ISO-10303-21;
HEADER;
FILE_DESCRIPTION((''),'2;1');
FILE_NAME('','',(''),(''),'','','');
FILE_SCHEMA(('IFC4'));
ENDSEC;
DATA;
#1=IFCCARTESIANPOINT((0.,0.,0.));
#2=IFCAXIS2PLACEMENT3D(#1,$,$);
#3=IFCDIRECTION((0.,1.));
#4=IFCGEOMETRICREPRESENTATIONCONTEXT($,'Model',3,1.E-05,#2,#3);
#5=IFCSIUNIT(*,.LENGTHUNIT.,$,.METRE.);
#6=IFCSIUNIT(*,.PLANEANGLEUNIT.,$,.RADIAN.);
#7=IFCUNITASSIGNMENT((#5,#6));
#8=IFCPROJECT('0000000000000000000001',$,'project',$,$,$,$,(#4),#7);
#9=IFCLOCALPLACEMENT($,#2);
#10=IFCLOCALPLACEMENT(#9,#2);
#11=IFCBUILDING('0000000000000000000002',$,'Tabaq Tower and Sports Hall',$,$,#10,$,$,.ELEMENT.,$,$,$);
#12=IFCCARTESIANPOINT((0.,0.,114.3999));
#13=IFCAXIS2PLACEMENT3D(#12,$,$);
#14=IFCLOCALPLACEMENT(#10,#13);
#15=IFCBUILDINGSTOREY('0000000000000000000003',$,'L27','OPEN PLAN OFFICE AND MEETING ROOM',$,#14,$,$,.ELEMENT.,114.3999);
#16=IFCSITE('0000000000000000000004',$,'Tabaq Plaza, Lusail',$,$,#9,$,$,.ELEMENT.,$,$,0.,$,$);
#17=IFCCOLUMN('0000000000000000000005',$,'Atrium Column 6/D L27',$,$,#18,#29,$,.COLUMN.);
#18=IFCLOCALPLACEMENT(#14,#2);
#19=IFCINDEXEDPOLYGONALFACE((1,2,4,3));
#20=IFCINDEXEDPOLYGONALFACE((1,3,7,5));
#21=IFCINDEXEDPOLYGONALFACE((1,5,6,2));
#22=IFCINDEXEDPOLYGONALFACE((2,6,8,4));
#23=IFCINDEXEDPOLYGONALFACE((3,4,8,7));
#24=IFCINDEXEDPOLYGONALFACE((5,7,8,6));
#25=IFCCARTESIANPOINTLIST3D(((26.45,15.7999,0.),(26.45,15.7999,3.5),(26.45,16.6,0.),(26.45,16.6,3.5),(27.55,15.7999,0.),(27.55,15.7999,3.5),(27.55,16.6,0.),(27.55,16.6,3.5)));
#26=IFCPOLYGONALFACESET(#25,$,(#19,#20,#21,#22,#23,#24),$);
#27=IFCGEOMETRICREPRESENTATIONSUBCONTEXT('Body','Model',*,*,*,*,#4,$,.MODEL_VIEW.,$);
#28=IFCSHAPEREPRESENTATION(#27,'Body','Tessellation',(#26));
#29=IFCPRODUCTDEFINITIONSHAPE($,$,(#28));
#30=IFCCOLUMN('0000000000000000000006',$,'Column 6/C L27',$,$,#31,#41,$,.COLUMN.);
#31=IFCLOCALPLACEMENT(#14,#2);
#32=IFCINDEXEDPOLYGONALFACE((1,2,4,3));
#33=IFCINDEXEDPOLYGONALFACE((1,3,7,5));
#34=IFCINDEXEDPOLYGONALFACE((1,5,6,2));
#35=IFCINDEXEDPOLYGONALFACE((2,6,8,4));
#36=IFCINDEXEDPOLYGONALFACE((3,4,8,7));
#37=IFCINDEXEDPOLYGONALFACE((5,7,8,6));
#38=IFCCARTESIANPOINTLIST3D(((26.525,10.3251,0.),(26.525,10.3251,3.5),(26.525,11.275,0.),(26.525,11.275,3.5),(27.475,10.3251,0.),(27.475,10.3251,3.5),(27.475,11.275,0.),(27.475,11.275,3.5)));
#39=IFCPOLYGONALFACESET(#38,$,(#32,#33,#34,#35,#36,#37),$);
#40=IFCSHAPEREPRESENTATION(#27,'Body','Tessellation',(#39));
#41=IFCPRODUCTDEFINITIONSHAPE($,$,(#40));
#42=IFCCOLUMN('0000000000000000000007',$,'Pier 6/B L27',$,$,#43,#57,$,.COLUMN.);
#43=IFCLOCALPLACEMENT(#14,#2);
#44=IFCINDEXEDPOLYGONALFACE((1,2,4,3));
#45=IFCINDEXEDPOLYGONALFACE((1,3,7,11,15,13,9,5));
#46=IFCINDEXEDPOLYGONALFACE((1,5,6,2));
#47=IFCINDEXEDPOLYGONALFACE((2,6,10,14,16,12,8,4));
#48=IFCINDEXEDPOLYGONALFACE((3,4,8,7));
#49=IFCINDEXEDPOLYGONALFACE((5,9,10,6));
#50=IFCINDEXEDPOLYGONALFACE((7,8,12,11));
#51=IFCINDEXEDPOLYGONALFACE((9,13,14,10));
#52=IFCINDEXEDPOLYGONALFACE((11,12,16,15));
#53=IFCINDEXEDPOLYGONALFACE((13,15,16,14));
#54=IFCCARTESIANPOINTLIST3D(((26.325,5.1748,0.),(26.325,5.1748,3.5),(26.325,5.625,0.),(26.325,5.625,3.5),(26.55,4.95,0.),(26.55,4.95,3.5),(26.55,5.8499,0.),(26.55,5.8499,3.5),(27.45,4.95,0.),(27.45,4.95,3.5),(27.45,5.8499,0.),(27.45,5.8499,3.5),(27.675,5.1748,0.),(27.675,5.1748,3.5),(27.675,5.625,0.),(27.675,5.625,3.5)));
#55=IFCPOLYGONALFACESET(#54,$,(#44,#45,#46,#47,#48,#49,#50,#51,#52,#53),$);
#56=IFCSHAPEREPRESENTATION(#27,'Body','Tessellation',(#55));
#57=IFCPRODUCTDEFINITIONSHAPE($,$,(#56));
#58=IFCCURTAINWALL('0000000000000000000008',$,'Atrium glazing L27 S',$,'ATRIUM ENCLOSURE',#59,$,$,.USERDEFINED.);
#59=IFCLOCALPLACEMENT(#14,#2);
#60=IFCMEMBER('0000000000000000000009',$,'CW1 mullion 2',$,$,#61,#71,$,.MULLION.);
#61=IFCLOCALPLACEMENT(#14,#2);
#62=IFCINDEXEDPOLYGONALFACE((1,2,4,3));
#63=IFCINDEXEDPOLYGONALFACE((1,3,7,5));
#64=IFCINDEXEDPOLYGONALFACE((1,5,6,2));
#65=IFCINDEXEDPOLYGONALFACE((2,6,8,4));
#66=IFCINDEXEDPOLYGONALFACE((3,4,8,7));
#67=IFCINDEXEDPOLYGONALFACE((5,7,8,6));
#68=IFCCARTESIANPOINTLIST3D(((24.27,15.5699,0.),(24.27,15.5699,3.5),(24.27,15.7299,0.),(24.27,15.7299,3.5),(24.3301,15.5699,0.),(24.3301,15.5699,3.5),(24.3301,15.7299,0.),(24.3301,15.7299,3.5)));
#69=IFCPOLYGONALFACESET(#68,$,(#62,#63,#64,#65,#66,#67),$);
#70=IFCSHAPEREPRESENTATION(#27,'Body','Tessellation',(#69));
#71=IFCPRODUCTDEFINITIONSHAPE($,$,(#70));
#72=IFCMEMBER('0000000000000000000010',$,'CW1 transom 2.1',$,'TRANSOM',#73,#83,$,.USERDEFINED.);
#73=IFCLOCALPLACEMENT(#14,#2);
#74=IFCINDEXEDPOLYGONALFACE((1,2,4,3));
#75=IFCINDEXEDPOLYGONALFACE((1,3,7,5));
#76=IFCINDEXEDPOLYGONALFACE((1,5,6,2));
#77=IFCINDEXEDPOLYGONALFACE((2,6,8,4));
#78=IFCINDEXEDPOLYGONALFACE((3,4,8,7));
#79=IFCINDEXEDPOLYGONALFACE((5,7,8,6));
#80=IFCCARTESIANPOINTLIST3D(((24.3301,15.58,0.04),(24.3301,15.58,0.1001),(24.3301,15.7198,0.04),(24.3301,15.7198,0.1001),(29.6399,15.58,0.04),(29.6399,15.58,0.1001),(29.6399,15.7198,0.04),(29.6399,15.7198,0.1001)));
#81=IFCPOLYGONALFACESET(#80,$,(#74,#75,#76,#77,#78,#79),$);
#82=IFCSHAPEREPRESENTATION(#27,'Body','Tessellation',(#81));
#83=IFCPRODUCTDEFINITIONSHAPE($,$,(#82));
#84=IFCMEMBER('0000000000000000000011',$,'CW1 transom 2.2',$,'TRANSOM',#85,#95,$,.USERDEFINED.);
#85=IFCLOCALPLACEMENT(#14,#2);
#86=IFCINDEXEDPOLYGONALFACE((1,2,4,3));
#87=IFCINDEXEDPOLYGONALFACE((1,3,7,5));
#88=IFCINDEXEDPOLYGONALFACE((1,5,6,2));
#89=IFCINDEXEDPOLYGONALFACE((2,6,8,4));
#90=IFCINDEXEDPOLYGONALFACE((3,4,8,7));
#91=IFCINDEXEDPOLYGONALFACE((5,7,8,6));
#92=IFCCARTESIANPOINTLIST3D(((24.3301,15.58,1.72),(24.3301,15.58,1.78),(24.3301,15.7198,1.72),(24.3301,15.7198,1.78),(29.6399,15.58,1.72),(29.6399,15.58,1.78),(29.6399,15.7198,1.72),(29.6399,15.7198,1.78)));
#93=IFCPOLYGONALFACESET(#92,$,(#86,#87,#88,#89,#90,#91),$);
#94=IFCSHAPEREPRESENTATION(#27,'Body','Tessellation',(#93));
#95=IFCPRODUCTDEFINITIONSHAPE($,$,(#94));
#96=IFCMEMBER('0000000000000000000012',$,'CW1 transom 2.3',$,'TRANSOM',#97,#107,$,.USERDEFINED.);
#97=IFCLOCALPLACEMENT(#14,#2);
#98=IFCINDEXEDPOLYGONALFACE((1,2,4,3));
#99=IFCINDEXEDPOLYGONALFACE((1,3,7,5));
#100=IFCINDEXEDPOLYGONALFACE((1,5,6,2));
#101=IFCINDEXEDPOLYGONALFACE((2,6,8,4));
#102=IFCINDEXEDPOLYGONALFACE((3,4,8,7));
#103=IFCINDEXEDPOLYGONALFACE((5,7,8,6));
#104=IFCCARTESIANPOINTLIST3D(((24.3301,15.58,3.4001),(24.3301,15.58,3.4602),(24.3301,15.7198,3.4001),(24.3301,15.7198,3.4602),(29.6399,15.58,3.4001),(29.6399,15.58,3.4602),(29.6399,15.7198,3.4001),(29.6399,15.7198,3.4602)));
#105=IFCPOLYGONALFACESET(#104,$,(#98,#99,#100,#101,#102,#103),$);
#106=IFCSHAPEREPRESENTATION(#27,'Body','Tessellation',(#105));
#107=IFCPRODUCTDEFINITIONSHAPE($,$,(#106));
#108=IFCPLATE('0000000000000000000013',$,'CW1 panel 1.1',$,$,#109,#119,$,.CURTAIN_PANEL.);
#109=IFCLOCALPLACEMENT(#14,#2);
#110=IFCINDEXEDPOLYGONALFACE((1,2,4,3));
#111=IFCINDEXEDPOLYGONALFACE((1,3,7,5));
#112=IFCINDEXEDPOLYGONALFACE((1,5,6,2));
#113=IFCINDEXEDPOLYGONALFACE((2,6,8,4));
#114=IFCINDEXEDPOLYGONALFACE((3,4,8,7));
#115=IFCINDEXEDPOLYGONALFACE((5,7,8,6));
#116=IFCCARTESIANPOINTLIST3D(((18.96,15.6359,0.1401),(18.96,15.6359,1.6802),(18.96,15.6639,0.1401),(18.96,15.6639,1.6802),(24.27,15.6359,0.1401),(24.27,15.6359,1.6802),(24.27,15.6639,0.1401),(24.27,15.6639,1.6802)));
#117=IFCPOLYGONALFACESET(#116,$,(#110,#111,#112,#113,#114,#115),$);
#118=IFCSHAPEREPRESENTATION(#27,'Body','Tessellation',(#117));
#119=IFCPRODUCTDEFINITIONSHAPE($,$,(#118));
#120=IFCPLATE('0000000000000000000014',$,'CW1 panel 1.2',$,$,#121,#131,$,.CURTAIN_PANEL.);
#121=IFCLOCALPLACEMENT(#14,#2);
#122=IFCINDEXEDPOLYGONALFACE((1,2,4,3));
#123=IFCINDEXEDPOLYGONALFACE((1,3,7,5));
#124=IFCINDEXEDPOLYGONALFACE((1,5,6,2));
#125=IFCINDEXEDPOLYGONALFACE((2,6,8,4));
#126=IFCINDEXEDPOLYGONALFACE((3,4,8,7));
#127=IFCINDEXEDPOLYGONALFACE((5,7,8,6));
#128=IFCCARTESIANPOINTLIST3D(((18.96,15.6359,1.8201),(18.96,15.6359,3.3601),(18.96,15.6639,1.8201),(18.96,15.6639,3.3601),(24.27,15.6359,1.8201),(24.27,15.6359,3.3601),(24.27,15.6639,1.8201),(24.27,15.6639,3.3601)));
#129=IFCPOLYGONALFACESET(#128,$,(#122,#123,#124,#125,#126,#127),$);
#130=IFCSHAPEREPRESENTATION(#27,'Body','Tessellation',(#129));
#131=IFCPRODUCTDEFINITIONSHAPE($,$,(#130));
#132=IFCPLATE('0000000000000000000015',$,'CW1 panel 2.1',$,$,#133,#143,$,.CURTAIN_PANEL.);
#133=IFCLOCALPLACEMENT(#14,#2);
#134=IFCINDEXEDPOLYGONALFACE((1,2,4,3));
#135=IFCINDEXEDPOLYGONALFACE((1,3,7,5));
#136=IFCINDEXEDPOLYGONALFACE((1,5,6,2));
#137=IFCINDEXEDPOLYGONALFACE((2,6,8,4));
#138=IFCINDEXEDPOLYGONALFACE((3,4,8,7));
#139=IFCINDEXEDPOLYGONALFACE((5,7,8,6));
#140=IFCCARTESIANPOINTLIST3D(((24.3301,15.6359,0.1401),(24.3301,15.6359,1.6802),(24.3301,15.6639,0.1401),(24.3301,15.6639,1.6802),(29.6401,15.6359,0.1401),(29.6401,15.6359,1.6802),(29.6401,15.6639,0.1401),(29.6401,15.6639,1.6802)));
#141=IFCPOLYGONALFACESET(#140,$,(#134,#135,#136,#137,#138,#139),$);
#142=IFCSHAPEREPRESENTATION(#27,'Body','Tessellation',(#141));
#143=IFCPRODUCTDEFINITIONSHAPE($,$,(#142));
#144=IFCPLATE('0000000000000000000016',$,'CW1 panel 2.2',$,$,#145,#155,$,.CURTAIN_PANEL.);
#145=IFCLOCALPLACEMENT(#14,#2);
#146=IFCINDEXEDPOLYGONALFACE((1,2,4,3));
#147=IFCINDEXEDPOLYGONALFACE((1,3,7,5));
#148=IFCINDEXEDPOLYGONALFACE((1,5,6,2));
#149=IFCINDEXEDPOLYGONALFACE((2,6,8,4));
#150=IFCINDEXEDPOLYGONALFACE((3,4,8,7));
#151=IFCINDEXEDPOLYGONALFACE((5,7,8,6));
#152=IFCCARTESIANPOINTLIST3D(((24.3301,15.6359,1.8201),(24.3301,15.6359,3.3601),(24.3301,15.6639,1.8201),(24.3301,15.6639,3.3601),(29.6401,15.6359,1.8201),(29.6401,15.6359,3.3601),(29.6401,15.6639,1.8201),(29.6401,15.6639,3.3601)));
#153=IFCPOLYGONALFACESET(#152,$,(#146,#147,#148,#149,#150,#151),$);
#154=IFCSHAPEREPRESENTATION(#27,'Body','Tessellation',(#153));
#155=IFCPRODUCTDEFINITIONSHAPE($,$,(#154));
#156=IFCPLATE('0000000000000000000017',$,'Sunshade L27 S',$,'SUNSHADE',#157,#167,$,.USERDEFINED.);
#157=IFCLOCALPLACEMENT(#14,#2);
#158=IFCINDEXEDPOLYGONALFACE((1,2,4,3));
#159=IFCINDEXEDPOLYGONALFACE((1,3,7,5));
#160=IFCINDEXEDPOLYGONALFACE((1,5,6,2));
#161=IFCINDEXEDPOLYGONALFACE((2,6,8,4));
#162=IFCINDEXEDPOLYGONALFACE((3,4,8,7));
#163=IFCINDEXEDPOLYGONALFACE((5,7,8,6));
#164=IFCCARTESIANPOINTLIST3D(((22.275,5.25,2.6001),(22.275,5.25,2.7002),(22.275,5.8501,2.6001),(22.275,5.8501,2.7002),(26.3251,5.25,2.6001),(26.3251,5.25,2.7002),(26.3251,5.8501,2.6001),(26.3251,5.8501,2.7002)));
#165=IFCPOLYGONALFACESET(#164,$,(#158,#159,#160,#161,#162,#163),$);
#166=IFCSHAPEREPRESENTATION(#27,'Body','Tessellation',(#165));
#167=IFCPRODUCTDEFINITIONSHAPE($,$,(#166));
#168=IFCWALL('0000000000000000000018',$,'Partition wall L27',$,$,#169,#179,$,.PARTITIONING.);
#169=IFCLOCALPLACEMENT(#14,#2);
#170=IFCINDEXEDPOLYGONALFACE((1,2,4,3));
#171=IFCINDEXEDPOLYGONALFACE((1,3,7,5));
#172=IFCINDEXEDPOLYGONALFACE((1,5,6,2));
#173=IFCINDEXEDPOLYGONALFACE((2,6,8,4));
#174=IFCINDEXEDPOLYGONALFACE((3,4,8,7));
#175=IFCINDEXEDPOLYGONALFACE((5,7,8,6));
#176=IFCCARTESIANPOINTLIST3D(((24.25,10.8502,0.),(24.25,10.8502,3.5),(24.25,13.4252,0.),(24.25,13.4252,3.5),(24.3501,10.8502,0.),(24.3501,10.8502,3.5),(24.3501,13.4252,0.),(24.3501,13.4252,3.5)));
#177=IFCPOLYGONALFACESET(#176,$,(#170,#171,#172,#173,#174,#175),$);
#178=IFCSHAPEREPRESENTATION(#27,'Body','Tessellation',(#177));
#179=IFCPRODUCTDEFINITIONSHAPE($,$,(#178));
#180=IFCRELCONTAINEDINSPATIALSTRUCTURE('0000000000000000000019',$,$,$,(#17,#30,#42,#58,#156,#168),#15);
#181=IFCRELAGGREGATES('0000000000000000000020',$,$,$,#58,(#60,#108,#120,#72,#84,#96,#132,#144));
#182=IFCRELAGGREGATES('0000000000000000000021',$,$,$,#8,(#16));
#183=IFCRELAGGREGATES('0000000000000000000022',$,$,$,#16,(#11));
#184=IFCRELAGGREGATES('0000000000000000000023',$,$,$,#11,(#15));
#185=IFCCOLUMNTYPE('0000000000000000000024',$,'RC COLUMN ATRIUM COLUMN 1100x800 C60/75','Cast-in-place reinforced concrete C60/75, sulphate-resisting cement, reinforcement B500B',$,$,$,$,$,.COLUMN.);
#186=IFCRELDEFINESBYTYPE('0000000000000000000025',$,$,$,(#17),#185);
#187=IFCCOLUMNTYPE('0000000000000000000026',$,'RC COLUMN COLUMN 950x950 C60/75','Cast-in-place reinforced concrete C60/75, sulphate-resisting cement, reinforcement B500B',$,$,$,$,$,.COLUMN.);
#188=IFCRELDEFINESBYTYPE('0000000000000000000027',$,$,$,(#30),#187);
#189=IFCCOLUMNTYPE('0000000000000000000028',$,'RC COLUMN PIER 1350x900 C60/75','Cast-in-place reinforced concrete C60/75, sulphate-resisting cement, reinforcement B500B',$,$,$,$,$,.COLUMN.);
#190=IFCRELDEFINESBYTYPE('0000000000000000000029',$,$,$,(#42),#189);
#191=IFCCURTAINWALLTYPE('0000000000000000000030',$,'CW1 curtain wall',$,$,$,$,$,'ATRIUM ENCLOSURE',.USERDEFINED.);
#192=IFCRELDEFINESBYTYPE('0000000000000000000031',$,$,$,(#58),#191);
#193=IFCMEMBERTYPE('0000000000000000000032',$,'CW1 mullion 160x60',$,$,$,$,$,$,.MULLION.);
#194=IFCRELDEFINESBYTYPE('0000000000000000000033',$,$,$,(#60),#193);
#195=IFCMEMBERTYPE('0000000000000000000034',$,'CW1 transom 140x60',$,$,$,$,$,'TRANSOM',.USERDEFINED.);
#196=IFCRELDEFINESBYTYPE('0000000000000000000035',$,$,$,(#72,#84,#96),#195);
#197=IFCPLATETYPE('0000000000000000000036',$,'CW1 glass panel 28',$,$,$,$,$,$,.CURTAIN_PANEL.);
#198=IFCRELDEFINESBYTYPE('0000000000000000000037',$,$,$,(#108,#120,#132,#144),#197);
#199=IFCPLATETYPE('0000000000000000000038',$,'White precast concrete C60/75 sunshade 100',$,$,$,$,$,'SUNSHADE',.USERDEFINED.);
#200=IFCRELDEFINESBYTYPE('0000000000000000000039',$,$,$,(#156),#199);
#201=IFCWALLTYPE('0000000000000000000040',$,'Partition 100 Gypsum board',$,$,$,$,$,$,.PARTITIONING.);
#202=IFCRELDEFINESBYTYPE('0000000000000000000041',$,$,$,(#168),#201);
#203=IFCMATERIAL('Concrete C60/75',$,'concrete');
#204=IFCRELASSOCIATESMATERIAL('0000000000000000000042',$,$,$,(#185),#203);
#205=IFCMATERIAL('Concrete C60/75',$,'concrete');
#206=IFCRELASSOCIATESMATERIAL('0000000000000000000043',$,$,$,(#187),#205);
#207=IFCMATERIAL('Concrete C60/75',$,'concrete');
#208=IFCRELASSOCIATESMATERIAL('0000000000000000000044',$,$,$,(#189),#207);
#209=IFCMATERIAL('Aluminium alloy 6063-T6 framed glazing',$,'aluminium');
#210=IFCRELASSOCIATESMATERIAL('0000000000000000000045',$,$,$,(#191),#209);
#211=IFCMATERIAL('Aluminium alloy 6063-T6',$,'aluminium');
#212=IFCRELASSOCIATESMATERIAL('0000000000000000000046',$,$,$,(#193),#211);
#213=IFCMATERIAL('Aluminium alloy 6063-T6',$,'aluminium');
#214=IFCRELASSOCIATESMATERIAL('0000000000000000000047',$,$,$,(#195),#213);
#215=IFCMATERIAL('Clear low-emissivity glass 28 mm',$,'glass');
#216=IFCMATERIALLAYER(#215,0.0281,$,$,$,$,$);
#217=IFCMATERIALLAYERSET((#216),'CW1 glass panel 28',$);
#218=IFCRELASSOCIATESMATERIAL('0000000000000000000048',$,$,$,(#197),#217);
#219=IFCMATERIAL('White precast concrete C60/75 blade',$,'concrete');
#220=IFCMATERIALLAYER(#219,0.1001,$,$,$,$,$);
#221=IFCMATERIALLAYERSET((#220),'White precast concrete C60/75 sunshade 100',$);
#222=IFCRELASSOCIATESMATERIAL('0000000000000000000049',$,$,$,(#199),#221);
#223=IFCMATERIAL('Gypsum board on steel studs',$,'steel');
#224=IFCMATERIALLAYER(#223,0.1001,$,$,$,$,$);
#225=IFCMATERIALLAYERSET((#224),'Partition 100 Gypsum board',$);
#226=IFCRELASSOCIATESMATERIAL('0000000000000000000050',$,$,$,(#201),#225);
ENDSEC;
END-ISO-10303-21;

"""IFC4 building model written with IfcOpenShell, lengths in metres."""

from ifc_helpers import new_model, si_unit, direction, frame, frame_2d, origin, origin_2d, place, context, subcontext, project, spatial, polyline, rectangle, outline, extrude, material, layer, layer_set, material_profile, profile_set, type_object, element, aggregate, save


model = new_model("IFC4")

# Units and contexts
model_context = context("Model", 3, precision=1e-05, world=origin(), true_north=direction((0.0, 1.0)))
body_context = subcontext(model_context, "Body", "Model", "MODEL_VIEW")
ifc_project = project(units=[si_unit("LENGTHUNIT", "METRE"), si_unit("PLANEANGLEUNIT", "RADIAN")], contexts=[model_context])

# Site, building, storey
site_placement = place(None, origin())
site = spatial("IfcSite", under=ifc_project, at=site_placement, Name="Tabaq Plaza, Lusail", CompositionType="ELEMENT", RefElevation=0.0)
building_placement = place(site_placement, origin())
building = spatial("IfcBuilding", under=site, at=building_placement, Name="Tabaq Tower and Sports Hall", CompositionType="ELEMENT")
storey_placement = place(building_placement, frame((0.0, 0.0, 114.3999)))
storey = spatial("IfcBuildingStorey", under=building, at=storey_placement, Name="L27", Description="OPEN PLAN OFFICE AND MEETING ROOM", CompositionType="ELEMENT", Elevation=114.3999)

# Columns
ifc_material_1 = material(Name="Concrete C60/75", Category="concrete")
ifc_material_profile_1 = material_profile(ifc_material_1, rectangle(XDim=1.1001, YDim=0.8, at=origin_2d()), Name="ATRIUM COLUMN 1100x800")
ifc_profile_set_1 = profile_set([ifc_material_profile_1], Name="Concrete C60/75")
column_type_1 = type_object("IfcColumnType", Name="RC COLUMN ATRIUM COLUMN 1100x800 C60/75", Description="Cast-in-place reinforced concrete C60/75, sulphate-resisting cement, reinforcement B500B", PredefinedType="COLUMN", material=ifc_profile_set_1)
column_1_placement = place(storey_placement, frame((27.0, 16.2, 0.0), z_axis=(0.0, 0.0, 1.0), x_axis=(1.0, 0.0, 0.0)))
element("IfcColumn", 1, at=column_1_placement, inside=storey, type_object=column_type_1, Name="Atrium Column 6/D L27", PredefinedType="COLUMN", context=body_context, shape_type="SweptSolid", body=[
    extrude(rectangle(XDim=1.1001, YDim=0.8, at=origin_2d()), origin(), (0.0, 0.0, 1.0), 3.5),
])
ifc_material_2 = material(Name="Concrete C60/75", Category="concrete")
ifc_material_profile_2 = material_profile(ifc_material_2, rectangle(XDim=0.95, YDim=0.95, at=origin_2d()), Name="COLUMN 950x950")
ifc_profile_set_2 = profile_set([ifc_material_profile_2], Name="Concrete C60/75")
column_type_2 = type_object("IfcColumnType", Name="RC COLUMN COLUMN 950x950 C60/75", Description="Cast-in-place reinforced concrete C60/75, sulphate-resisting cement, reinforcement B500B", PredefinedType="COLUMN", material=ifc_profile_set_2)
column_2_placement = place(storey_placement, frame((27.0, 10.8, 0.0), z_axis=(0.0, 0.0, 1.0), x_axis=(1.0, 0.0, 0.0)))
element("IfcColumn", 2, at=column_2_placement, inside=storey, type_object=column_type_2, Name="Column 6/C L27", PredefinedType="COLUMN", context=body_context, shape_type="SweptSolid", body=[
    extrude(rectangle(XDim=0.95, YDim=0.95, at=origin_2d()), origin(), (0.0, 0.0, 1.0), 3.5),
])
ifc_material_3 = material(Name="Concrete C60/75", Category="concrete")
ifc_material_profile_3 = material_profile(ifc_material_3, outline(polyline([(-0.45, -0.45), (0.45, -0.45), (0.675, -0.2251), (0.675, 0.2251), (0.45, 0.45), (-0.45, 0.45), (-0.675, 0.2251), (-0.675, -0.2251), (-0.45, -0.45)])), Name="PIER 1350x900")
ifc_profile_set_3 = profile_set([ifc_material_profile_3], Name="Concrete C60/75")
column_type_3 = type_object("IfcColumnType", Name="RC COLUMN PIER 1350x900 C60/75", Description="Cast-in-place reinforced concrete C60/75, sulphate-resisting cement, reinforcement B500B", PredefinedType="COLUMN", material=ifc_profile_set_3)
column_3_placement = place(storey_placement, frame((27.0, 5.3999, 0.0), z_axis=(0.0, 0.0, 1.0), x_axis=(1.0, 0.0, 0.0)))
element("IfcColumn", 3, at=column_3_placement, inside=storey, type_object=column_type_3, Name="Pier 6/B L27", PredefinedType="COLUMN", context=body_context, shape_type="SweptSolid", body=[
    extrude(outline(polyline([(-0.45, -0.45), (0.45, -0.45), (0.675, -0.2251), (0.675, 0.2251), (0.45, 0.45), (-0.45, 0.45), (-0.675, 0.2251), (-0.675, -0.2251), (-0.45, -0.45)])), origin(), (0.0, 0.0, 1.0), 3.5),
])

# Curtain wall, members, plates
ifc_material_4 = material(Name="Aluminium alloy 6063-T6 framed glazing", Category="aluminium")
curtain_wall_type = type_object("IfcCurtainWallType", Name="CW1 curtain wall", ElementType="ATRIUM ENCLOSURE", PredefinedType="USERDEFINED", material=ifc_material_4)
curtain_wall_placement = place(storey_placement, origin())
curtain_wall = element("IfcCurtainWall", 4, at=curtain_wall_placement, inside=storey, type_object=curtain_wall_type, Name="Atrium glazing L27 S", ObjectType="ATRIUM ENCLOSURE", PredefinedType="USERDEFINED")
ifc_material_5 = material(Name="Aluminium alloy 6063-T6", Category="aluminium")
ifc_material_profile_4 = material_profile(ifc_material_5, rectangle(XDim=0.1599, YDim=0.0601, at=origin_2d()), Name="MULLION 160x60")
ifc_profile_set_4 = profile_set([ifc_material_profile_4], Name="Aluminium alloy 6063-T6")
member_type_1 = type_object("IfcMemberType", Name="CW1 mullion 160x60", PredefinedType="MULLION", material=ifc_profile_set_4)
member_1_placement = place(storey_placement, frame((24.3, 15.6499, 0.0), z_axis=(0.0, 0.0, 1.0), x_axis=(0.0, 1.0, 0.0)))
member_1 = element("IfcMember", 5, at=member_1_placement, type_object=member_type_1, Name="CW1 mullion 2", PredefinedType="MULLION", context=body_context, shape_type="SweptSolid", body=[
    extrude(rectangle(XDim=0.1599, YDim=0.0601, at=origin_2d()), origin(), (0.0, 0.0, 1.0), 3.5),
])
ifc_material_6 = material(Name="Aluminium alloy 6063-T6", Category="aluminium")
ifc_material_profile_5 = material_profile(ifc_material_6, rectangle(XDim=0.1399, YDim=0.0601, at=origin_2d()), Name="TRANSOM 140x60")
ifc_profile_set_5 = profile_set([ifc_material_profile_5], Name="Aluminium alloy 6063-T6")
member_type_2 = type_object("IfcMemberType", Name="CW1 transom 140x60", ElementType="TRANSOM", PredefinedType="USERDEFINED", material=ifc_profile_set_5)
member_2_placement = place(storey_placement, frame((24.3301, 15.6499, 0.0701), z_axis=(1.0, 0.0, 0.0), x_axis=(0.0, 1.0, 0.0)))
member_2 = element("IfcMember", 6, at=member_2_placement, type_object=member_type_2, Name="CW1 transom 2.1", ObjectType="TRANSOM", PredefinedType="USERDEFINED", context=body_context, shape_type="SweptSolid", body=[
    extrude(rectangle(XDim=0.1399, YDim=0.0601, at=origin_2d()), origin(), (0.0, 0.0, 1.0), 5.3098),
])
member_3_placement = place(storey_placement, frame((24.3301, 15.6499, 1.75), z_axis=(1.0, 0.0, 0.0), x_axis=(0.0, 1.0, 0.0)))
member_3 = element("IfcMember", 7, at=member_3_placement, type_object=member_type_2, Name="CW1 transom 2.2", ObjectType="TRANSOM", PredefinedType="USERDEFINED", context=body_context, shape_type="SweptSolid", body=[
    extrude(rectangle(XDim=0.1399, YDim=0.0601, at=origin_2d()), origin(), (0.0, 0.0, 1.0), 5.3098),
])
member_4_placement = place(storey_placement, frame((24.3301, 15.6499, 3.4302), z_axis=(1.0, 0.0, 0.0), x_axis=(0.0, 1.0, 0.0)))
member_4 = element("IfcMember", 8, at=member_4_placement, type_object=member_type_2, Name="CW1 transom 2.3", ObjectType="TRANSOM", PredefinedType="USERDEFINED", context=body_context, shape_type="SweptSolid", body=[
    extrude(rectangle(XDim=0.1399, YDim=0.0601, at=origin_2d()), origin(), (0.0, 0.0, 1.0), 5.3098),
])
ifc_material_7 = material(Name="Clear low-emissivity glass 28 mm", Category="glass")
ifc_layer_1 = layer(ifc_material_7, 0.0281)
ifc_layer_set_1 = layer_set([ifc_layer_1], Name="CW1 glass panel 28")
plate_type_1 = type_object("IfcPlateType", Name="CW1 glass panel 28", PredefinedType="CURTAIN_PANEL", material=ifc_layer_set_1)
plate_1_placement = place(storey_placement, frame((21.615, 15.6499, 0.1401), z_axis=(0.0, 0.0, 1.0), x_axis=(1.0, 0.0, 0.0)))
plate_1 = element("IfcPlate", 9, at=plate_1_placement, type_object=plate_type_1, Name="CW1 panel 1.1", PredefinedType="CURTAIN_PANEL", context=body_context, shape_type="SweptSolid", body=[
    extrude(rectangle(XDim=5.3101, YDim=0.0281, at=origin_2d()), origin(), (0.0, 0.0, 1.0), 1.54),
])
plate_2_placement = place(storey_placement, frame((21.615, 15.6499, 1.8201), z_axis=(0.0, 0.0, 1.0), x_axis=(1.0, 0.0, 0.0)))
plate_2 = element("IfcPlate", 10, at=plate_2_placement, type_object=plate_type_1, Name="CW1 panel 1.2", PredefinedType="CURTAIN_PANEL", context=body_context, shape_type="SweptSolid", body=[
    extrude(rectangle(XDim=5.3101, YDim=0.0281, at=origin_2d()), origin(), (0.0, 0.0, 1.0), 1.54),
])
plate_3_placement = place(storey_placement, frame((26.9851, 15.6499, 0.1401), z_axis=(0.0, 0.0, 1.0), x_axis=(1.0, 0.0, 0.0)))
plate_3 = element("IfcPlate", 11, at=plate_3_placement, type_object=plate_type_1, Name="CW1 panel 2.1", PredefinedType="CURTAIN_PANEL", context=body_context, shape_type="SweptSolid", body=[
    extrude(rectangle(XDim=5.3101, YDim=0.0281, at=origin_2d()), origin(), (0.0, 0.0, 1.0), 1.54),
])
plate_4_placement = place(storey_placement, frame((26.9851, 15.6499, 1.8201), z_axis=(0.0, 0.0, 1.0), x_axis=(1.0, 0.0, 0.0)))
plate_4 = element("IfcPlate", 12, at=plate_4_placement, type_object=plate_type_1, Name="CW1 panel 2.2", PredefinedType="CURTAIN_PANEL", context=body_context, shape_type="SweptSolid", body=[
    extrude(rectangle(XDim=5.3101, YDim=0.0281, at=origin_2d()), origin(), (0.0, 0.0, 1.0), 1.54),
])
aggregate(curtain_wall, [member_1, plate_1, plate_2, member_2, member_3, member_4, plate_3, plate_4])

# Plate
ifc_material_8 = material(Name="White precast concrete C60/75 blade", Category="concrete")
ifc_layer_2 = layer(ifc_material_8, 0.1001)
ifc_layer_set_2 = layer_set([ifc_layer_2], Name="White precast concrete C60/75 sunshade 100")
plate_type_2 = type_object("IfcPlateType", Name="White precast concrete C60/75 sunshade 100", ElementType="SUNSHADE", PredefinedType="USERDEFINED", material=ifc_layer_set_2)
plate_5_placement = place(storey_placement, frame((24.3, 5.55, 2.6001), z_axis=(0.0, 0.0, 1.0), x_axis=(1.0, 0.0, 0.0)))
element("IfcPlate", 13, at=plate_5_placement, inside=storey, type_object=plate_type_2, Name="Sunshade L27 S", ObjectType="SUNSHADE", PredefinedType="USERDEFINED", context=body_context, shape_type="SweptSolid", body=[
    extrude(rectangle(XDim=4.05, YDim=0.6001, at=origin_2d()), origin(), (0.0, 0.0, 1.0), 0.1001),
])

# Wall
ifc_material_9 = material(Name="Gypsum board on steel studs", Category="steel")
ifc_layer_3 = layer(ifc_material_9, 0.1001)
ifc_layer_set_3 = layer_set([ifc_layer_3], Name="Partition 100 Gypsum board")
wall_type = type_object("IfcWallType", Name="Partition 100 Gypsum board", PredefinedType="PARTITIONING", material=ifc_layer_set_3)
wall_1_placement = place(storey_placement, frame((24.3, 10.8501, 0.0), z_axis=(0.0, 0.0, 1.0), x_axis=(0.0, 1.0, 0.0)))
element("IfcWall", 14, at=wall_1_placement, inside=storey, type_object=wall_type, Name="Partition wall L27", PredefinedType="PARTITIONING", context=body_context, shape_type="SweptSolid", body=[
    extrude(rectangle(XDim=2.575, YDim=0.1001, at=frame_2d((1.2876, 0.0))), origin(), (0.0, 0.0, 1.0), 3.5),
])

save(model, "model.ifc")
